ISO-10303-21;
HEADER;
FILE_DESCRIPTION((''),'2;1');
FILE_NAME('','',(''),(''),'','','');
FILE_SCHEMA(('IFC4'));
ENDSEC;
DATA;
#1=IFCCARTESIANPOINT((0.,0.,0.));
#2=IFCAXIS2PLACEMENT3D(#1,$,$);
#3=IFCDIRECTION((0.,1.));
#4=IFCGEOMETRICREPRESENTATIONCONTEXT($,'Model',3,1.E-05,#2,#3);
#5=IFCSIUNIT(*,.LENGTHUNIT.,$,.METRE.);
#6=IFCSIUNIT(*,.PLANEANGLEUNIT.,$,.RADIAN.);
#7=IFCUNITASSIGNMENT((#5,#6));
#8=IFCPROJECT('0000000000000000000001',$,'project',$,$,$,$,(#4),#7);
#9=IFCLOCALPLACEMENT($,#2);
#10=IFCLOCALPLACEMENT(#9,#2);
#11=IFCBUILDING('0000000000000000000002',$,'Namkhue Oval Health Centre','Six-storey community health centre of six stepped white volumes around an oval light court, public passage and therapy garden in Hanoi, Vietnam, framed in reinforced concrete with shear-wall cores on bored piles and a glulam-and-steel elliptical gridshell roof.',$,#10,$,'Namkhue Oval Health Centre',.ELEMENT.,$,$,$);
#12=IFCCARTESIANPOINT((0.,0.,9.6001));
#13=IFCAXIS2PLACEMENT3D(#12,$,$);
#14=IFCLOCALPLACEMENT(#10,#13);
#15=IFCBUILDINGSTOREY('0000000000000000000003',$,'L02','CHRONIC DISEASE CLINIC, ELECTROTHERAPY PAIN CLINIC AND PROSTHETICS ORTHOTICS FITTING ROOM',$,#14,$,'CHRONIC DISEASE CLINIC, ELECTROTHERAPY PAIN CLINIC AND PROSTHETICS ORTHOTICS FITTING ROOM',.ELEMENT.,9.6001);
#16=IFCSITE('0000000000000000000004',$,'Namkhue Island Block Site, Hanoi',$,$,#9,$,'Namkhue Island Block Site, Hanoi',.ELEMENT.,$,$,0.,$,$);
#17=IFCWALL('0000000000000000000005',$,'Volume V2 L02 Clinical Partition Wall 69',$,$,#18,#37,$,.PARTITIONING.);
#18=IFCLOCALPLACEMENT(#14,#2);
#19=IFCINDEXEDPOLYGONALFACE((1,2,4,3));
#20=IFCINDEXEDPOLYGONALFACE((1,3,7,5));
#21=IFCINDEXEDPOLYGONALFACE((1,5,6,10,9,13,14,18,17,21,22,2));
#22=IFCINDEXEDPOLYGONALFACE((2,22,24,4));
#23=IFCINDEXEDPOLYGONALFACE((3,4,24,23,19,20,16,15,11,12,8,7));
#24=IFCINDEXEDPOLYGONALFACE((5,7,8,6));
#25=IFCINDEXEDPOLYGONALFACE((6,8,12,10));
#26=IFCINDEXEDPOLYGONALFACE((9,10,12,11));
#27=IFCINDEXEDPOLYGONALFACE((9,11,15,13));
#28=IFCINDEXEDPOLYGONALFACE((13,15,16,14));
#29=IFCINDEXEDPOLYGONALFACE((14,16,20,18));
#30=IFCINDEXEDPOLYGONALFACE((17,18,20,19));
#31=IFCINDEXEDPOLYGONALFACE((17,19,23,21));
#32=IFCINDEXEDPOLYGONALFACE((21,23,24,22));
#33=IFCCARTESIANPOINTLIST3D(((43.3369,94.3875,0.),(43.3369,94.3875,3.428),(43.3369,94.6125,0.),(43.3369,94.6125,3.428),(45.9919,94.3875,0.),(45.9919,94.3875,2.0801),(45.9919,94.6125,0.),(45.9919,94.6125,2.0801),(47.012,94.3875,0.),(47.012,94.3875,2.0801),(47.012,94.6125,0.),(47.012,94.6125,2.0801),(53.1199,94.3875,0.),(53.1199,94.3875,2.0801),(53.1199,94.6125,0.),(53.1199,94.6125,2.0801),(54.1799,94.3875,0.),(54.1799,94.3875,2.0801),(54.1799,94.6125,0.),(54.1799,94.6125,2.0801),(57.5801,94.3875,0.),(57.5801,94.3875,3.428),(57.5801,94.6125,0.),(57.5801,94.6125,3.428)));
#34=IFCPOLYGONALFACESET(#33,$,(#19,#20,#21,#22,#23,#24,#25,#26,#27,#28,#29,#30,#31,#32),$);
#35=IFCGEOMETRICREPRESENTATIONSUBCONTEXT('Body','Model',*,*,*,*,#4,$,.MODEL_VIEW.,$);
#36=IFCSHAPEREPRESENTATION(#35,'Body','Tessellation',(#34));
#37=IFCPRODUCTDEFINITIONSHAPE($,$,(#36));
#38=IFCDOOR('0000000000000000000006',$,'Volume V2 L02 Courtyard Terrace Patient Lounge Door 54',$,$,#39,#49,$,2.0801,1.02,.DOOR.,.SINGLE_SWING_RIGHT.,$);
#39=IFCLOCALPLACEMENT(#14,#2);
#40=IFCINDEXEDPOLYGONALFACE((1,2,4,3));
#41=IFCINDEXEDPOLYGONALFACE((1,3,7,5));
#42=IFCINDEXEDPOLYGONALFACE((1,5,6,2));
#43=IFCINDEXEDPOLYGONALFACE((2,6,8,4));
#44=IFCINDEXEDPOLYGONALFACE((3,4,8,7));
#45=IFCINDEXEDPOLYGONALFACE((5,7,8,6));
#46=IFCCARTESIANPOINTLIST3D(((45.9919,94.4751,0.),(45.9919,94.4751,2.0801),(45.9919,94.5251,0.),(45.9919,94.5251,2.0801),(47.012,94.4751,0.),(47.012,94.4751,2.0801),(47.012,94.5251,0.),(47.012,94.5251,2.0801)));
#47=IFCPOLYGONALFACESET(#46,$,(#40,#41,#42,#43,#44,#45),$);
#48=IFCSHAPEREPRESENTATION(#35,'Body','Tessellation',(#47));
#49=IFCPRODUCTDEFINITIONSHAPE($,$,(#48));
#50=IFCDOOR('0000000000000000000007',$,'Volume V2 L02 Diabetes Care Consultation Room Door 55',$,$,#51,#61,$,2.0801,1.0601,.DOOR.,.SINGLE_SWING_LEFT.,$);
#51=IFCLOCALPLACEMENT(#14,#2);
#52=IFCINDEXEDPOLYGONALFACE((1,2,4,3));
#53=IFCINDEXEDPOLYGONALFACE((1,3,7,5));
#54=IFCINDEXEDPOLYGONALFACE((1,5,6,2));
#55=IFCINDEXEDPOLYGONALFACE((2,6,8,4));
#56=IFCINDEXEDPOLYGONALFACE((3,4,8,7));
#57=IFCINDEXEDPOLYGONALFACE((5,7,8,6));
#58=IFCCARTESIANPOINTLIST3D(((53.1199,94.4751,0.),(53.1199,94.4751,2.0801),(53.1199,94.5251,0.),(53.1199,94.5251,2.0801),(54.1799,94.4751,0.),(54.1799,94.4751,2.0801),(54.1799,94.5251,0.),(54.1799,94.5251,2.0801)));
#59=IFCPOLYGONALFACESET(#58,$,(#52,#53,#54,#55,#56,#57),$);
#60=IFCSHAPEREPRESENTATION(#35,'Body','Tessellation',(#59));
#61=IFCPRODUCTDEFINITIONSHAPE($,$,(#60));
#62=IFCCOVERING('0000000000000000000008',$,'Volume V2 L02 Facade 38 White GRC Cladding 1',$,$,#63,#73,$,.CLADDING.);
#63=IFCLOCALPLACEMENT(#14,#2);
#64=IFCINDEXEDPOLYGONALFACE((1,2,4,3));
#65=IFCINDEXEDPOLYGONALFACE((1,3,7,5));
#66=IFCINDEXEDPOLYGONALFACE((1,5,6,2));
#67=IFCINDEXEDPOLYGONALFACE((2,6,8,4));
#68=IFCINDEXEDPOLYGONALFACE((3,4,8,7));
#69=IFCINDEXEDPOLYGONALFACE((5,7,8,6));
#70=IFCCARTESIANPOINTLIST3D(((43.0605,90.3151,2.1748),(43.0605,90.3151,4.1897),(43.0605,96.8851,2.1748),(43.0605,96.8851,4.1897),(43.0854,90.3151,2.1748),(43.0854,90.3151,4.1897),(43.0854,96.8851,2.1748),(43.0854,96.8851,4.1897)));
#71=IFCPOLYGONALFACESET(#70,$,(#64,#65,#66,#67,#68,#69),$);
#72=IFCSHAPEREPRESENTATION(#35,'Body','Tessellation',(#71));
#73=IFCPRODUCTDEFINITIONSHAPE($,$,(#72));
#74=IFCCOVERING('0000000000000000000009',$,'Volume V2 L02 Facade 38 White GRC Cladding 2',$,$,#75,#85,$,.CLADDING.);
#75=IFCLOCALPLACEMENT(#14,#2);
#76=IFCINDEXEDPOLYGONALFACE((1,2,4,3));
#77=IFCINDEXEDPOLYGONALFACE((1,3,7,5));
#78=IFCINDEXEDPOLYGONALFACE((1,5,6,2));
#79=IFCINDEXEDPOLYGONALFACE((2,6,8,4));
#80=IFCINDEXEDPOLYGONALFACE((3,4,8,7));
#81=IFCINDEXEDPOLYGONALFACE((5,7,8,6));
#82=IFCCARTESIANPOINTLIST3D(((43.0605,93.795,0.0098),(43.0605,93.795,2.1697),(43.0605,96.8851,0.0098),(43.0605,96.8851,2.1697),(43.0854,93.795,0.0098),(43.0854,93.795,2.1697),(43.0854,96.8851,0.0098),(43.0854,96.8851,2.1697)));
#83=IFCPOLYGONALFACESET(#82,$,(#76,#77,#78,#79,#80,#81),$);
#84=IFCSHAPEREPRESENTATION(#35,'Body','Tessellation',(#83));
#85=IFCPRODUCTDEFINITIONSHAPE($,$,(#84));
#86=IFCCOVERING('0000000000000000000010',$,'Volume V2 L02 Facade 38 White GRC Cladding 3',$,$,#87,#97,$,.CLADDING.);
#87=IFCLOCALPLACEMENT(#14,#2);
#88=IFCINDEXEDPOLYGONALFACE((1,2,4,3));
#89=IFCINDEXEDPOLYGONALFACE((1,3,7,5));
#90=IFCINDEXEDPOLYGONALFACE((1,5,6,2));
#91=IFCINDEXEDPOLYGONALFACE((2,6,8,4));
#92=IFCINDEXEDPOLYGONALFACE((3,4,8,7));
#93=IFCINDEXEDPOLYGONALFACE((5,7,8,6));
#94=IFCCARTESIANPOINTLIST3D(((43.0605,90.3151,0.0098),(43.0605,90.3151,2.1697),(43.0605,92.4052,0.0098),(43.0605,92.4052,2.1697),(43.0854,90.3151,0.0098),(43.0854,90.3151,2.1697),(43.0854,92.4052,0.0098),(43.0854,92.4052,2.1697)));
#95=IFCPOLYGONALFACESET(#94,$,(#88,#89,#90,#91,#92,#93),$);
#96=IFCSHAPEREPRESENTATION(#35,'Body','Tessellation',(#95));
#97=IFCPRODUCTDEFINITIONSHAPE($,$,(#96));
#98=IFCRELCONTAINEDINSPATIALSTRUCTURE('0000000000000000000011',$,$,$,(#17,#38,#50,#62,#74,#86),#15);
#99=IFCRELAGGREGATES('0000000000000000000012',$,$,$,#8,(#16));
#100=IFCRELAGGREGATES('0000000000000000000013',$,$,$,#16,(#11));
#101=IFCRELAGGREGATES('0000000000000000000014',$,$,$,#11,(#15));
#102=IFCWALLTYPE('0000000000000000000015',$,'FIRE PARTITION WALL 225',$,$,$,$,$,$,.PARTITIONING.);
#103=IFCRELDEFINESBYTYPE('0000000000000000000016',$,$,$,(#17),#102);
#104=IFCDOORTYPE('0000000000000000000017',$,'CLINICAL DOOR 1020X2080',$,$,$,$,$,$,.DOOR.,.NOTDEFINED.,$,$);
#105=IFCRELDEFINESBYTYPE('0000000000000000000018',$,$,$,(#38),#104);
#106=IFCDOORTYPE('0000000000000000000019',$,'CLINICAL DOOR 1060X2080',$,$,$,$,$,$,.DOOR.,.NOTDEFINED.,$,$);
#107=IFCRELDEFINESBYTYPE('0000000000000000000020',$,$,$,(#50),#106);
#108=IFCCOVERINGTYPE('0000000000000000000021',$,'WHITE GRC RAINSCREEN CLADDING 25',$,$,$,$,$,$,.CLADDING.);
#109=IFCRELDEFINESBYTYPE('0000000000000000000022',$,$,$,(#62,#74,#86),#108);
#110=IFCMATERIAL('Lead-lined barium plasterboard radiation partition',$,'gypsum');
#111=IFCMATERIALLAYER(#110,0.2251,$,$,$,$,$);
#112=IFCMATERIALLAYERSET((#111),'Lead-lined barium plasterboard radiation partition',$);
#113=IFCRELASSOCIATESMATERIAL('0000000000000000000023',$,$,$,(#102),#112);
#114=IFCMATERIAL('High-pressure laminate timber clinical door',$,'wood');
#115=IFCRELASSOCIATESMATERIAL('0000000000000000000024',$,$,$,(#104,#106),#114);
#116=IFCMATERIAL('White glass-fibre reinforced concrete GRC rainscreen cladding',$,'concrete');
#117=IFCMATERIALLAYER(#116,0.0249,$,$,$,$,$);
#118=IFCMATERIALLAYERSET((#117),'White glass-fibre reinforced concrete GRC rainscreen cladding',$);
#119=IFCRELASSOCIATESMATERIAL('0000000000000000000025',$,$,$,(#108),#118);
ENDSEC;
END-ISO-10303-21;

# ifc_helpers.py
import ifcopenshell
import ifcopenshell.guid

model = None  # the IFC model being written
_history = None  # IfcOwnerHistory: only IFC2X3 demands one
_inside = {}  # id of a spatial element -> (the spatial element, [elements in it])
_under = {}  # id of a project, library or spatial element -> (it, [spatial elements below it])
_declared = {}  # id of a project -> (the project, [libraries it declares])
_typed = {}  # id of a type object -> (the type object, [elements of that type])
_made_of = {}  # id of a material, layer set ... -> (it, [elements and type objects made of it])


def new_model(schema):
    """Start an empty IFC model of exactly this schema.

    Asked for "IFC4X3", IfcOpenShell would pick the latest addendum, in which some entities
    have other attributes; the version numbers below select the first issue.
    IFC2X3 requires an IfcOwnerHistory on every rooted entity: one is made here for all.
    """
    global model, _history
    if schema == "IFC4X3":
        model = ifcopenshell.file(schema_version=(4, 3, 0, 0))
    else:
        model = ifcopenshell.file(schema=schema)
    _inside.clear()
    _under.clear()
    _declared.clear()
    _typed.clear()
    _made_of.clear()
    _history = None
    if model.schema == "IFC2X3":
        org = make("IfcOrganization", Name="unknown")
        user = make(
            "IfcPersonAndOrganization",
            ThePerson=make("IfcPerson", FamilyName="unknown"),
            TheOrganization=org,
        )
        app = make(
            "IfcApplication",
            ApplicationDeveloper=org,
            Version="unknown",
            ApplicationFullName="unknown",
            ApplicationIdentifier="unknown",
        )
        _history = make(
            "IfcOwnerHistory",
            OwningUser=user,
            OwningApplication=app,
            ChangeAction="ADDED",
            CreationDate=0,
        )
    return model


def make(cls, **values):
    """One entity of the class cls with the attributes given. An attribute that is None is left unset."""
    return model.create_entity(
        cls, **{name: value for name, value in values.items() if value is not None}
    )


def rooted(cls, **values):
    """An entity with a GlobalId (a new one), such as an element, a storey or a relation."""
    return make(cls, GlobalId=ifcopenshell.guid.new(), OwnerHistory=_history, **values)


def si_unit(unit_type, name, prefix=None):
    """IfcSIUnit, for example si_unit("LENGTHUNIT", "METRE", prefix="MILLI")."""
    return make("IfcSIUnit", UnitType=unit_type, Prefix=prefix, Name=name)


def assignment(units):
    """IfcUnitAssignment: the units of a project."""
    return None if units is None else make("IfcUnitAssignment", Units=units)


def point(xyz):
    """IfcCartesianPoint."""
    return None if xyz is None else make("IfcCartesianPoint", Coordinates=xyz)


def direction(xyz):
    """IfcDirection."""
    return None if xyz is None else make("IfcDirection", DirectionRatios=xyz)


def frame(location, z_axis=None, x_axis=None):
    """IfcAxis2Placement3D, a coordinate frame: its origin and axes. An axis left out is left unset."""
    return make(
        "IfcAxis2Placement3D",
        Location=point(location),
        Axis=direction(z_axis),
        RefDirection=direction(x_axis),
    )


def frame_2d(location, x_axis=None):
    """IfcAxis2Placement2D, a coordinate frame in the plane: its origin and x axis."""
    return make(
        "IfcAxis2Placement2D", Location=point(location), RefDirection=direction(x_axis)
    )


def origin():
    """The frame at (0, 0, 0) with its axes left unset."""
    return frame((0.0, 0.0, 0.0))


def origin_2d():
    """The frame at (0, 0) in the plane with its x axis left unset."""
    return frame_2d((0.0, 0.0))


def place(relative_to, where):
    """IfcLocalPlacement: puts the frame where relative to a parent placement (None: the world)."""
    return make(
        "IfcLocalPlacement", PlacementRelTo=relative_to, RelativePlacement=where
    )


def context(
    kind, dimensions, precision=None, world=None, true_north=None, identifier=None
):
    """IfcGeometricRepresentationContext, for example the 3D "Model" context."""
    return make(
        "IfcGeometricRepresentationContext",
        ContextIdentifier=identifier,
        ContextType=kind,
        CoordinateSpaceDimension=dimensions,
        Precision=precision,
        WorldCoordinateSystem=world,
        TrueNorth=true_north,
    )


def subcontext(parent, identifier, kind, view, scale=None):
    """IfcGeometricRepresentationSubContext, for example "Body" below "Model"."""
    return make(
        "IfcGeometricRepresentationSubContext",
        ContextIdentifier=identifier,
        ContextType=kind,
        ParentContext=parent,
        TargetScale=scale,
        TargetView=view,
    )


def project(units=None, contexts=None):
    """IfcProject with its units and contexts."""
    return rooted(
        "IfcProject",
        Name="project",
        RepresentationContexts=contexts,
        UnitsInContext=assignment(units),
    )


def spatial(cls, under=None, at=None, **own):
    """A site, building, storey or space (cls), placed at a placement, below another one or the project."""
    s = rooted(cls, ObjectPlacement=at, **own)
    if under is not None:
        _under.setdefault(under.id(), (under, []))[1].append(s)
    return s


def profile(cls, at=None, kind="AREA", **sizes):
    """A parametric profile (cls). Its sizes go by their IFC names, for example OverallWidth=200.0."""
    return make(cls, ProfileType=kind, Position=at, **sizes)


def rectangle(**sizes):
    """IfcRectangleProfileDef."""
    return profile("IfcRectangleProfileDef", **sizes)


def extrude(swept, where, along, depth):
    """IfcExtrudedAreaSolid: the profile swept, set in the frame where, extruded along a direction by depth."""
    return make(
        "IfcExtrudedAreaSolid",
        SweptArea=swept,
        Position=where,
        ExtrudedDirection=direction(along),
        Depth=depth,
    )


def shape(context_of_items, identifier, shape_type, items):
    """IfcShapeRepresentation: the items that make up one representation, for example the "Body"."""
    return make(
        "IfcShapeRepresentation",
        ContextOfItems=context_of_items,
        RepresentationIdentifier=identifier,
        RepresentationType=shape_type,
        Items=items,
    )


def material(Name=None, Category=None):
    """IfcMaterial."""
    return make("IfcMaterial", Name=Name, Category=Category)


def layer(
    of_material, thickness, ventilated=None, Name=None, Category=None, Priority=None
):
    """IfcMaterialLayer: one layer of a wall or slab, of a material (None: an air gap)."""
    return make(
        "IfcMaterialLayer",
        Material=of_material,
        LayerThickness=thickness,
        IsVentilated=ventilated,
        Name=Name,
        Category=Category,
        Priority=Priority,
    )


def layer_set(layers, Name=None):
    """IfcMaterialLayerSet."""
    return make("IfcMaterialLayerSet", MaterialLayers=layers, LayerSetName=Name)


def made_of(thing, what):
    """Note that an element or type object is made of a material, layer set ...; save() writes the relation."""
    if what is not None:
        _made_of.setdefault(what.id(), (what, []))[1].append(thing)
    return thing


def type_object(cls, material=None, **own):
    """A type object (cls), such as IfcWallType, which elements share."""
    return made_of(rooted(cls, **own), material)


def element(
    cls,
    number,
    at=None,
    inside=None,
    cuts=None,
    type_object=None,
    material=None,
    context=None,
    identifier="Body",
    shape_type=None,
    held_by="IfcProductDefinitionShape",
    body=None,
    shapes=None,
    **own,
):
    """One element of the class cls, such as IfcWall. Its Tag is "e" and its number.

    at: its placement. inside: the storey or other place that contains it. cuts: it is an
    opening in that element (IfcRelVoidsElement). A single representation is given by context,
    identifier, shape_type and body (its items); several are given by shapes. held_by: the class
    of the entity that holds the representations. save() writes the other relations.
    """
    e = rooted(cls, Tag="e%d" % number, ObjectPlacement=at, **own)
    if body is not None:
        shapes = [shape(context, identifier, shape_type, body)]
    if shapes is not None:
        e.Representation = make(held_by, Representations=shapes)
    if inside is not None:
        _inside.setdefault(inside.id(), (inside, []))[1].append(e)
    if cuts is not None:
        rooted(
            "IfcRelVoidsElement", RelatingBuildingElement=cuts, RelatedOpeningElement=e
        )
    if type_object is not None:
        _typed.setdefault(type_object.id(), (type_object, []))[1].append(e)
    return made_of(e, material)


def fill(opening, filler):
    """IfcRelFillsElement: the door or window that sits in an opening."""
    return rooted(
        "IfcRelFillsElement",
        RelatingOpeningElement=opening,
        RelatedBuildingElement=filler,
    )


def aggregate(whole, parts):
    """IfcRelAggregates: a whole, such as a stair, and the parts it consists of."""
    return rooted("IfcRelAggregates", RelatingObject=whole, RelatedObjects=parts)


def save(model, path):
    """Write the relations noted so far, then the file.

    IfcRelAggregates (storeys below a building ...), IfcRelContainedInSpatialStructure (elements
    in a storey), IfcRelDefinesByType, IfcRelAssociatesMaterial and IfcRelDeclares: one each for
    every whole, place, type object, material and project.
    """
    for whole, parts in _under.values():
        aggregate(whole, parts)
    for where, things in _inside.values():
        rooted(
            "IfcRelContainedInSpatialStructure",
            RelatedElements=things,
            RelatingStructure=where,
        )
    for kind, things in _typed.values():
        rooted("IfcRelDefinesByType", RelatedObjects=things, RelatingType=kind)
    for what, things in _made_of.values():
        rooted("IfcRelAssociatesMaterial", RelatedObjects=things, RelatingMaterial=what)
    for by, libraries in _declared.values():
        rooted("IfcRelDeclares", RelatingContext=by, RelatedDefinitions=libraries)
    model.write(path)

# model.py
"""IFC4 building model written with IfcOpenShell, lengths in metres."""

from ifc_helpers import new_model, si_unit, direction, frame, frame_2d, origin, origin_2d, place, context, subcontext, project, spatial, rectangle, extrude, material, layer, layer_set, type_object, element, fill, save


model = new_model("IFC4")

# Units and contexts
model_context = context("Model", 3, precision=1e-05, world=origin(), true_north=direction((0.0, 1.0)))
body_context = subcontext(model_context, "Body", "Model", "MODEL_VIEW")
ifc_project = project(units=[si_unit("LENGTHUNIT", "METRE"), si_unit("PLANEANGLEUNIT", "RADIAN")], contexts=[model_context])

# Site, building, storey
site_placement = place(None, origin())
site = spatial("IfcSite", under=ifc_project, at=site_placement, Name="Namkhue Island Block Site, Hanoi", LongName="Namkhue Island Block Site, Hanoi", CompositionType="ELEMENT", RefElevation=0.0)
building_placement = place(site_placement, origin())
building = spatial("IfcBuilding", under=site, at=building_placement, Name="Namkhue Oval Health Centre", Description="Six-storey community health centre of six stepped white volumes around an oval light court, public passage and therapy garden in Hanoi, Vietnam, framed in reinforced concrete with shear-wall cores on bored piles and a glulam-and-steel elliptical gridshell roof.", LongName="Namkhue Oval Health Centre", CompositionType="ELEMENT")
storey_placement = place(building_placement, frame((0.0, 0.0, 9.6001)))
storey = spatial("IfcBuildingStorey", under=building, at=storey_placement, Name="L02", Description="CHRONIC DISEASE CLINIC, ELECTROTHERAPY PAIN CLINIC AND PROSTHETICS ORTHOTICS FITTING ROOM", LongName="CHRONIC DISEASE CLINIC, ELECTROTHERAPY PAIN CLINIC AND PROSTHETICS ORTHOTICS FITTING ROOM", CompositionType="ELEMENT", Elevation=9.6001)

# Wall, openings, doors
ifc_material_1 = material(Name="Lead-lined barium plasterboard radiation partition", Category="gypsum")
ifc_layer_1 = layer(ifc_material_1, 0.2251)
ifc_layer_set_1 = layer_set([ifc_layer_1], Name="Lead-lined barium plasterboard radiation partition")
wall_type_1 = type_object("IfcWallType", Name="FIRE PARTITION WALL 225", PredefinedType="PARTITIONING", material=ifc_layer_set_1)
wall_1_placement = place(storey_placement, frame((43.3369, 94.5, 0.0), z_axis=(0.0, 0.0, 1.0), x_axis=(1.0, 0.0, 0.0)))
wall_1 = element("IfcWall", 1, at=wall_1_placement, inside=storey, type_object=wall_type_1, Name="Volume V2 L02 Clinical Partition Wall 69", PredefinedType="PARTITIONING", context=body_context, shape_type="SweptSolid", body=[
    extrude(rectangle(XDim=14.2432, YDim=0.2251, at=frame_2d((7.1216, 0.0))), origin(), (0.0, 0.0, 1.0), 3.428),
])
opening_1_placement = place(wall_1_placement, frame((2.655, 0.0, 0.0)))
opening_1 = element("IfcOpeningElement", 2, at=opening_1_placement, cuts=wall_1, PredefinedType="OPENING", context=body_context, shape_type="SweptSolid", body=[
    extrude(rectangle(XDim=1.02, YDim=2.0801, at=frame_2d((0.51, 1.04))), frame((0.0, 0.1226, 0.0), z_axis=(0.0, -1.0, 0.0), x_axis=(1.0, 0.0, 0.0)), (0.0, 0.0, 1.0), 0.2451),
])
opening_2_placement = place(wall_1_placement, frame((9.783, 0.0, 0.0)))
opening_2 = element("IfcOpeningElement", 3, at=opening_2_placement, cuts=wall_1, PredefinedType="OPENING", context=body_context, shape_type="SweptSolid", body=[
    extrude(rectangle(XDim=1.0601, YDim=2.0801, at=frame_2d((0.53, 1.04))), frame((0.0, 0.1226, 0.0), z_axis=(0.0, -1.0, 0.0), x_axis=(1.0, 0.0, 0.0)), (0.0, 0.0, 1.0), 0.2451),
])
ifc_material_2 = material(Name="High-pressure laminate timber clinical door", Category="wood")
door_type_1 = type_object("IfcDoorType", Name="CLINICAL DOOR 1020X2080", OperationType="NOTDEFINED", PredefinedType="DOOR", material=ifc_material_2)
door_1_placement = place(opening_1_placement, frame((1.02, 0.0, 0.0), z_axis=(0.0, 0.0, 1.0), x_axis=(-1.0, 0.0, 0.0)))
door_1 = element("IfcDoor", 4, at=door_1_placement, inside=storey, type_object=door_type_1, Name="Volume V2 L02 Courtyard Terrace Patient Lounge Door 54", OperationType="SINGLE_SWING_RIGHT", OverallHeight=2.0801, OverallWidth=1.02, PredefinedType="DOOR", context=body_context, shape_type="SweptSolid", body=[
    extrude(rectangle(XDim=1.02, YDim=2.0801, at=frame_2d((0.51, 1.04))), frame((0.0, 0.0249, 0.0), z_axis=(0.0, -1.0, 0.0), x_axis=(1.0, 0.0, 0.0)), (0.0, 0.0, 1.0), 0.05),
])
fill(opening_1, door_1)
door_type_2 = type_object("IfcDoorType", Name="CLINICAL DOOR 1060X2080", OperationType="NOTDEFINED", PredefinedType="DOOR", material=ifc_material_2)
door_2_placement = place(opening_2_placement, frame((1.0601, 0.0, 0.0), z_axis=(0.0, 0.0, 1.0), x_axis=(-1.0, 0.0, 0.0)))
door_2 = element("IfcDoor", 5, at=door_2_placement, inside=storey, type_object=door_type_2, Name="Volume V2 L02 Diabetes Care Consultation Room Door 55", OperationType="SINGLE_SWING_LEFT", OverallHeight=2.0801, OverallWidth=1.0601, PredefinedType="DOOR", context=body_context, shape_type="SweptSolid", body=[
    extrude(rectangle(XDim=1.0601, YDim=2.0801, at=frame_2d((0.53, 1.04))), frame((0.0, 0.0249, 0.0), z_axis=(0.0, -1.0, 0.0), x_axis=(1.0, 0.0, 0.0)), (0.0, 0.0, 1.0), 0.05),
])
fill(opening_2, door_2)

# Coverings
ifc_material_3 = material(Name="White glass-fibre reinforced concrete GRC rainscreen cladding", Category="concrete")
ifc_layer_2 = layer(ifc_material_3, 0.0249)
ifc_layer_set_2 = layer_set([ifc_layer_2], Name="White glass-fibre reinforced concrete GRC rainscreen cladding")
covering_type = type_object("IfcCoveringType", Name="WHITE GRC RAINSCREEN CLADDING 25", PredefinedType="CLADDING", material=ifc_layer_set_2)
covering_1_placement = place(storey_placement, frame((43.073, 93.6001, 2.1748), z_axis=(0.0, 0.0, 1.0), x_axis=(0.0, -1.0, 0.0)))
element("IfcCovering", 6, at=covering_1_placement, inside=storey, type_object=covering_type, Name="Volume V2 L02 Facade 38 White GRC Cladding 1", PredefinedType="CLADDING", context=body_context, shape_type="SweptSolid", body=[
    extrude(rectangle(XDim=6.5701, YDim=0.0249, at=origin_2d()), origin(), (0.0, 0.0, 1.0), 2.0149),
])
covering_2_placement = place(storey_placement, frame((43.073, 95.3401, 0.0098), z_axis=(0.0, 0.0, 1.0), x_axis=(0.0, -1.0, 0.0)))
element("IfcCovering", 7, at=covering_2_placement, inside=storey, type_object=covering_type, Name="Volume V2 L02 Facade 38 White GRC Cladding 2", PredefinedType="CLADDING", context=body_context, shape_type="SweptSolid", body=[
    extrude(rectangle(XDim=3.0901, YDim=0.0249, at=origin_2d()), origin(), (0.0, 0.0, 1.0), 2.1599),
])
covering_3_placement = place(storey_placement, frame((43.073, 91.3601, 0.0098), z_axis=(0.0, 0.0, 1.0), x_axis=(0.0, -1.0, 0.0)))
element("IfcCovering", 8, at=covering_3_placement, inside=storey, type_object=covering_type, Name="Volume V2 L02 Facade 38 White GRC Cladding 3", PredefinedType="CLADDING", context=body_context, shape_type="SweptSolid", body=[
    extrude(rectangle(XDim=2.0901, YDim=0.0249, at=origin_2d()), origin(), (0.0, 0.0, 1.0), 2.1599),
])

save(model, "model.ifc")
